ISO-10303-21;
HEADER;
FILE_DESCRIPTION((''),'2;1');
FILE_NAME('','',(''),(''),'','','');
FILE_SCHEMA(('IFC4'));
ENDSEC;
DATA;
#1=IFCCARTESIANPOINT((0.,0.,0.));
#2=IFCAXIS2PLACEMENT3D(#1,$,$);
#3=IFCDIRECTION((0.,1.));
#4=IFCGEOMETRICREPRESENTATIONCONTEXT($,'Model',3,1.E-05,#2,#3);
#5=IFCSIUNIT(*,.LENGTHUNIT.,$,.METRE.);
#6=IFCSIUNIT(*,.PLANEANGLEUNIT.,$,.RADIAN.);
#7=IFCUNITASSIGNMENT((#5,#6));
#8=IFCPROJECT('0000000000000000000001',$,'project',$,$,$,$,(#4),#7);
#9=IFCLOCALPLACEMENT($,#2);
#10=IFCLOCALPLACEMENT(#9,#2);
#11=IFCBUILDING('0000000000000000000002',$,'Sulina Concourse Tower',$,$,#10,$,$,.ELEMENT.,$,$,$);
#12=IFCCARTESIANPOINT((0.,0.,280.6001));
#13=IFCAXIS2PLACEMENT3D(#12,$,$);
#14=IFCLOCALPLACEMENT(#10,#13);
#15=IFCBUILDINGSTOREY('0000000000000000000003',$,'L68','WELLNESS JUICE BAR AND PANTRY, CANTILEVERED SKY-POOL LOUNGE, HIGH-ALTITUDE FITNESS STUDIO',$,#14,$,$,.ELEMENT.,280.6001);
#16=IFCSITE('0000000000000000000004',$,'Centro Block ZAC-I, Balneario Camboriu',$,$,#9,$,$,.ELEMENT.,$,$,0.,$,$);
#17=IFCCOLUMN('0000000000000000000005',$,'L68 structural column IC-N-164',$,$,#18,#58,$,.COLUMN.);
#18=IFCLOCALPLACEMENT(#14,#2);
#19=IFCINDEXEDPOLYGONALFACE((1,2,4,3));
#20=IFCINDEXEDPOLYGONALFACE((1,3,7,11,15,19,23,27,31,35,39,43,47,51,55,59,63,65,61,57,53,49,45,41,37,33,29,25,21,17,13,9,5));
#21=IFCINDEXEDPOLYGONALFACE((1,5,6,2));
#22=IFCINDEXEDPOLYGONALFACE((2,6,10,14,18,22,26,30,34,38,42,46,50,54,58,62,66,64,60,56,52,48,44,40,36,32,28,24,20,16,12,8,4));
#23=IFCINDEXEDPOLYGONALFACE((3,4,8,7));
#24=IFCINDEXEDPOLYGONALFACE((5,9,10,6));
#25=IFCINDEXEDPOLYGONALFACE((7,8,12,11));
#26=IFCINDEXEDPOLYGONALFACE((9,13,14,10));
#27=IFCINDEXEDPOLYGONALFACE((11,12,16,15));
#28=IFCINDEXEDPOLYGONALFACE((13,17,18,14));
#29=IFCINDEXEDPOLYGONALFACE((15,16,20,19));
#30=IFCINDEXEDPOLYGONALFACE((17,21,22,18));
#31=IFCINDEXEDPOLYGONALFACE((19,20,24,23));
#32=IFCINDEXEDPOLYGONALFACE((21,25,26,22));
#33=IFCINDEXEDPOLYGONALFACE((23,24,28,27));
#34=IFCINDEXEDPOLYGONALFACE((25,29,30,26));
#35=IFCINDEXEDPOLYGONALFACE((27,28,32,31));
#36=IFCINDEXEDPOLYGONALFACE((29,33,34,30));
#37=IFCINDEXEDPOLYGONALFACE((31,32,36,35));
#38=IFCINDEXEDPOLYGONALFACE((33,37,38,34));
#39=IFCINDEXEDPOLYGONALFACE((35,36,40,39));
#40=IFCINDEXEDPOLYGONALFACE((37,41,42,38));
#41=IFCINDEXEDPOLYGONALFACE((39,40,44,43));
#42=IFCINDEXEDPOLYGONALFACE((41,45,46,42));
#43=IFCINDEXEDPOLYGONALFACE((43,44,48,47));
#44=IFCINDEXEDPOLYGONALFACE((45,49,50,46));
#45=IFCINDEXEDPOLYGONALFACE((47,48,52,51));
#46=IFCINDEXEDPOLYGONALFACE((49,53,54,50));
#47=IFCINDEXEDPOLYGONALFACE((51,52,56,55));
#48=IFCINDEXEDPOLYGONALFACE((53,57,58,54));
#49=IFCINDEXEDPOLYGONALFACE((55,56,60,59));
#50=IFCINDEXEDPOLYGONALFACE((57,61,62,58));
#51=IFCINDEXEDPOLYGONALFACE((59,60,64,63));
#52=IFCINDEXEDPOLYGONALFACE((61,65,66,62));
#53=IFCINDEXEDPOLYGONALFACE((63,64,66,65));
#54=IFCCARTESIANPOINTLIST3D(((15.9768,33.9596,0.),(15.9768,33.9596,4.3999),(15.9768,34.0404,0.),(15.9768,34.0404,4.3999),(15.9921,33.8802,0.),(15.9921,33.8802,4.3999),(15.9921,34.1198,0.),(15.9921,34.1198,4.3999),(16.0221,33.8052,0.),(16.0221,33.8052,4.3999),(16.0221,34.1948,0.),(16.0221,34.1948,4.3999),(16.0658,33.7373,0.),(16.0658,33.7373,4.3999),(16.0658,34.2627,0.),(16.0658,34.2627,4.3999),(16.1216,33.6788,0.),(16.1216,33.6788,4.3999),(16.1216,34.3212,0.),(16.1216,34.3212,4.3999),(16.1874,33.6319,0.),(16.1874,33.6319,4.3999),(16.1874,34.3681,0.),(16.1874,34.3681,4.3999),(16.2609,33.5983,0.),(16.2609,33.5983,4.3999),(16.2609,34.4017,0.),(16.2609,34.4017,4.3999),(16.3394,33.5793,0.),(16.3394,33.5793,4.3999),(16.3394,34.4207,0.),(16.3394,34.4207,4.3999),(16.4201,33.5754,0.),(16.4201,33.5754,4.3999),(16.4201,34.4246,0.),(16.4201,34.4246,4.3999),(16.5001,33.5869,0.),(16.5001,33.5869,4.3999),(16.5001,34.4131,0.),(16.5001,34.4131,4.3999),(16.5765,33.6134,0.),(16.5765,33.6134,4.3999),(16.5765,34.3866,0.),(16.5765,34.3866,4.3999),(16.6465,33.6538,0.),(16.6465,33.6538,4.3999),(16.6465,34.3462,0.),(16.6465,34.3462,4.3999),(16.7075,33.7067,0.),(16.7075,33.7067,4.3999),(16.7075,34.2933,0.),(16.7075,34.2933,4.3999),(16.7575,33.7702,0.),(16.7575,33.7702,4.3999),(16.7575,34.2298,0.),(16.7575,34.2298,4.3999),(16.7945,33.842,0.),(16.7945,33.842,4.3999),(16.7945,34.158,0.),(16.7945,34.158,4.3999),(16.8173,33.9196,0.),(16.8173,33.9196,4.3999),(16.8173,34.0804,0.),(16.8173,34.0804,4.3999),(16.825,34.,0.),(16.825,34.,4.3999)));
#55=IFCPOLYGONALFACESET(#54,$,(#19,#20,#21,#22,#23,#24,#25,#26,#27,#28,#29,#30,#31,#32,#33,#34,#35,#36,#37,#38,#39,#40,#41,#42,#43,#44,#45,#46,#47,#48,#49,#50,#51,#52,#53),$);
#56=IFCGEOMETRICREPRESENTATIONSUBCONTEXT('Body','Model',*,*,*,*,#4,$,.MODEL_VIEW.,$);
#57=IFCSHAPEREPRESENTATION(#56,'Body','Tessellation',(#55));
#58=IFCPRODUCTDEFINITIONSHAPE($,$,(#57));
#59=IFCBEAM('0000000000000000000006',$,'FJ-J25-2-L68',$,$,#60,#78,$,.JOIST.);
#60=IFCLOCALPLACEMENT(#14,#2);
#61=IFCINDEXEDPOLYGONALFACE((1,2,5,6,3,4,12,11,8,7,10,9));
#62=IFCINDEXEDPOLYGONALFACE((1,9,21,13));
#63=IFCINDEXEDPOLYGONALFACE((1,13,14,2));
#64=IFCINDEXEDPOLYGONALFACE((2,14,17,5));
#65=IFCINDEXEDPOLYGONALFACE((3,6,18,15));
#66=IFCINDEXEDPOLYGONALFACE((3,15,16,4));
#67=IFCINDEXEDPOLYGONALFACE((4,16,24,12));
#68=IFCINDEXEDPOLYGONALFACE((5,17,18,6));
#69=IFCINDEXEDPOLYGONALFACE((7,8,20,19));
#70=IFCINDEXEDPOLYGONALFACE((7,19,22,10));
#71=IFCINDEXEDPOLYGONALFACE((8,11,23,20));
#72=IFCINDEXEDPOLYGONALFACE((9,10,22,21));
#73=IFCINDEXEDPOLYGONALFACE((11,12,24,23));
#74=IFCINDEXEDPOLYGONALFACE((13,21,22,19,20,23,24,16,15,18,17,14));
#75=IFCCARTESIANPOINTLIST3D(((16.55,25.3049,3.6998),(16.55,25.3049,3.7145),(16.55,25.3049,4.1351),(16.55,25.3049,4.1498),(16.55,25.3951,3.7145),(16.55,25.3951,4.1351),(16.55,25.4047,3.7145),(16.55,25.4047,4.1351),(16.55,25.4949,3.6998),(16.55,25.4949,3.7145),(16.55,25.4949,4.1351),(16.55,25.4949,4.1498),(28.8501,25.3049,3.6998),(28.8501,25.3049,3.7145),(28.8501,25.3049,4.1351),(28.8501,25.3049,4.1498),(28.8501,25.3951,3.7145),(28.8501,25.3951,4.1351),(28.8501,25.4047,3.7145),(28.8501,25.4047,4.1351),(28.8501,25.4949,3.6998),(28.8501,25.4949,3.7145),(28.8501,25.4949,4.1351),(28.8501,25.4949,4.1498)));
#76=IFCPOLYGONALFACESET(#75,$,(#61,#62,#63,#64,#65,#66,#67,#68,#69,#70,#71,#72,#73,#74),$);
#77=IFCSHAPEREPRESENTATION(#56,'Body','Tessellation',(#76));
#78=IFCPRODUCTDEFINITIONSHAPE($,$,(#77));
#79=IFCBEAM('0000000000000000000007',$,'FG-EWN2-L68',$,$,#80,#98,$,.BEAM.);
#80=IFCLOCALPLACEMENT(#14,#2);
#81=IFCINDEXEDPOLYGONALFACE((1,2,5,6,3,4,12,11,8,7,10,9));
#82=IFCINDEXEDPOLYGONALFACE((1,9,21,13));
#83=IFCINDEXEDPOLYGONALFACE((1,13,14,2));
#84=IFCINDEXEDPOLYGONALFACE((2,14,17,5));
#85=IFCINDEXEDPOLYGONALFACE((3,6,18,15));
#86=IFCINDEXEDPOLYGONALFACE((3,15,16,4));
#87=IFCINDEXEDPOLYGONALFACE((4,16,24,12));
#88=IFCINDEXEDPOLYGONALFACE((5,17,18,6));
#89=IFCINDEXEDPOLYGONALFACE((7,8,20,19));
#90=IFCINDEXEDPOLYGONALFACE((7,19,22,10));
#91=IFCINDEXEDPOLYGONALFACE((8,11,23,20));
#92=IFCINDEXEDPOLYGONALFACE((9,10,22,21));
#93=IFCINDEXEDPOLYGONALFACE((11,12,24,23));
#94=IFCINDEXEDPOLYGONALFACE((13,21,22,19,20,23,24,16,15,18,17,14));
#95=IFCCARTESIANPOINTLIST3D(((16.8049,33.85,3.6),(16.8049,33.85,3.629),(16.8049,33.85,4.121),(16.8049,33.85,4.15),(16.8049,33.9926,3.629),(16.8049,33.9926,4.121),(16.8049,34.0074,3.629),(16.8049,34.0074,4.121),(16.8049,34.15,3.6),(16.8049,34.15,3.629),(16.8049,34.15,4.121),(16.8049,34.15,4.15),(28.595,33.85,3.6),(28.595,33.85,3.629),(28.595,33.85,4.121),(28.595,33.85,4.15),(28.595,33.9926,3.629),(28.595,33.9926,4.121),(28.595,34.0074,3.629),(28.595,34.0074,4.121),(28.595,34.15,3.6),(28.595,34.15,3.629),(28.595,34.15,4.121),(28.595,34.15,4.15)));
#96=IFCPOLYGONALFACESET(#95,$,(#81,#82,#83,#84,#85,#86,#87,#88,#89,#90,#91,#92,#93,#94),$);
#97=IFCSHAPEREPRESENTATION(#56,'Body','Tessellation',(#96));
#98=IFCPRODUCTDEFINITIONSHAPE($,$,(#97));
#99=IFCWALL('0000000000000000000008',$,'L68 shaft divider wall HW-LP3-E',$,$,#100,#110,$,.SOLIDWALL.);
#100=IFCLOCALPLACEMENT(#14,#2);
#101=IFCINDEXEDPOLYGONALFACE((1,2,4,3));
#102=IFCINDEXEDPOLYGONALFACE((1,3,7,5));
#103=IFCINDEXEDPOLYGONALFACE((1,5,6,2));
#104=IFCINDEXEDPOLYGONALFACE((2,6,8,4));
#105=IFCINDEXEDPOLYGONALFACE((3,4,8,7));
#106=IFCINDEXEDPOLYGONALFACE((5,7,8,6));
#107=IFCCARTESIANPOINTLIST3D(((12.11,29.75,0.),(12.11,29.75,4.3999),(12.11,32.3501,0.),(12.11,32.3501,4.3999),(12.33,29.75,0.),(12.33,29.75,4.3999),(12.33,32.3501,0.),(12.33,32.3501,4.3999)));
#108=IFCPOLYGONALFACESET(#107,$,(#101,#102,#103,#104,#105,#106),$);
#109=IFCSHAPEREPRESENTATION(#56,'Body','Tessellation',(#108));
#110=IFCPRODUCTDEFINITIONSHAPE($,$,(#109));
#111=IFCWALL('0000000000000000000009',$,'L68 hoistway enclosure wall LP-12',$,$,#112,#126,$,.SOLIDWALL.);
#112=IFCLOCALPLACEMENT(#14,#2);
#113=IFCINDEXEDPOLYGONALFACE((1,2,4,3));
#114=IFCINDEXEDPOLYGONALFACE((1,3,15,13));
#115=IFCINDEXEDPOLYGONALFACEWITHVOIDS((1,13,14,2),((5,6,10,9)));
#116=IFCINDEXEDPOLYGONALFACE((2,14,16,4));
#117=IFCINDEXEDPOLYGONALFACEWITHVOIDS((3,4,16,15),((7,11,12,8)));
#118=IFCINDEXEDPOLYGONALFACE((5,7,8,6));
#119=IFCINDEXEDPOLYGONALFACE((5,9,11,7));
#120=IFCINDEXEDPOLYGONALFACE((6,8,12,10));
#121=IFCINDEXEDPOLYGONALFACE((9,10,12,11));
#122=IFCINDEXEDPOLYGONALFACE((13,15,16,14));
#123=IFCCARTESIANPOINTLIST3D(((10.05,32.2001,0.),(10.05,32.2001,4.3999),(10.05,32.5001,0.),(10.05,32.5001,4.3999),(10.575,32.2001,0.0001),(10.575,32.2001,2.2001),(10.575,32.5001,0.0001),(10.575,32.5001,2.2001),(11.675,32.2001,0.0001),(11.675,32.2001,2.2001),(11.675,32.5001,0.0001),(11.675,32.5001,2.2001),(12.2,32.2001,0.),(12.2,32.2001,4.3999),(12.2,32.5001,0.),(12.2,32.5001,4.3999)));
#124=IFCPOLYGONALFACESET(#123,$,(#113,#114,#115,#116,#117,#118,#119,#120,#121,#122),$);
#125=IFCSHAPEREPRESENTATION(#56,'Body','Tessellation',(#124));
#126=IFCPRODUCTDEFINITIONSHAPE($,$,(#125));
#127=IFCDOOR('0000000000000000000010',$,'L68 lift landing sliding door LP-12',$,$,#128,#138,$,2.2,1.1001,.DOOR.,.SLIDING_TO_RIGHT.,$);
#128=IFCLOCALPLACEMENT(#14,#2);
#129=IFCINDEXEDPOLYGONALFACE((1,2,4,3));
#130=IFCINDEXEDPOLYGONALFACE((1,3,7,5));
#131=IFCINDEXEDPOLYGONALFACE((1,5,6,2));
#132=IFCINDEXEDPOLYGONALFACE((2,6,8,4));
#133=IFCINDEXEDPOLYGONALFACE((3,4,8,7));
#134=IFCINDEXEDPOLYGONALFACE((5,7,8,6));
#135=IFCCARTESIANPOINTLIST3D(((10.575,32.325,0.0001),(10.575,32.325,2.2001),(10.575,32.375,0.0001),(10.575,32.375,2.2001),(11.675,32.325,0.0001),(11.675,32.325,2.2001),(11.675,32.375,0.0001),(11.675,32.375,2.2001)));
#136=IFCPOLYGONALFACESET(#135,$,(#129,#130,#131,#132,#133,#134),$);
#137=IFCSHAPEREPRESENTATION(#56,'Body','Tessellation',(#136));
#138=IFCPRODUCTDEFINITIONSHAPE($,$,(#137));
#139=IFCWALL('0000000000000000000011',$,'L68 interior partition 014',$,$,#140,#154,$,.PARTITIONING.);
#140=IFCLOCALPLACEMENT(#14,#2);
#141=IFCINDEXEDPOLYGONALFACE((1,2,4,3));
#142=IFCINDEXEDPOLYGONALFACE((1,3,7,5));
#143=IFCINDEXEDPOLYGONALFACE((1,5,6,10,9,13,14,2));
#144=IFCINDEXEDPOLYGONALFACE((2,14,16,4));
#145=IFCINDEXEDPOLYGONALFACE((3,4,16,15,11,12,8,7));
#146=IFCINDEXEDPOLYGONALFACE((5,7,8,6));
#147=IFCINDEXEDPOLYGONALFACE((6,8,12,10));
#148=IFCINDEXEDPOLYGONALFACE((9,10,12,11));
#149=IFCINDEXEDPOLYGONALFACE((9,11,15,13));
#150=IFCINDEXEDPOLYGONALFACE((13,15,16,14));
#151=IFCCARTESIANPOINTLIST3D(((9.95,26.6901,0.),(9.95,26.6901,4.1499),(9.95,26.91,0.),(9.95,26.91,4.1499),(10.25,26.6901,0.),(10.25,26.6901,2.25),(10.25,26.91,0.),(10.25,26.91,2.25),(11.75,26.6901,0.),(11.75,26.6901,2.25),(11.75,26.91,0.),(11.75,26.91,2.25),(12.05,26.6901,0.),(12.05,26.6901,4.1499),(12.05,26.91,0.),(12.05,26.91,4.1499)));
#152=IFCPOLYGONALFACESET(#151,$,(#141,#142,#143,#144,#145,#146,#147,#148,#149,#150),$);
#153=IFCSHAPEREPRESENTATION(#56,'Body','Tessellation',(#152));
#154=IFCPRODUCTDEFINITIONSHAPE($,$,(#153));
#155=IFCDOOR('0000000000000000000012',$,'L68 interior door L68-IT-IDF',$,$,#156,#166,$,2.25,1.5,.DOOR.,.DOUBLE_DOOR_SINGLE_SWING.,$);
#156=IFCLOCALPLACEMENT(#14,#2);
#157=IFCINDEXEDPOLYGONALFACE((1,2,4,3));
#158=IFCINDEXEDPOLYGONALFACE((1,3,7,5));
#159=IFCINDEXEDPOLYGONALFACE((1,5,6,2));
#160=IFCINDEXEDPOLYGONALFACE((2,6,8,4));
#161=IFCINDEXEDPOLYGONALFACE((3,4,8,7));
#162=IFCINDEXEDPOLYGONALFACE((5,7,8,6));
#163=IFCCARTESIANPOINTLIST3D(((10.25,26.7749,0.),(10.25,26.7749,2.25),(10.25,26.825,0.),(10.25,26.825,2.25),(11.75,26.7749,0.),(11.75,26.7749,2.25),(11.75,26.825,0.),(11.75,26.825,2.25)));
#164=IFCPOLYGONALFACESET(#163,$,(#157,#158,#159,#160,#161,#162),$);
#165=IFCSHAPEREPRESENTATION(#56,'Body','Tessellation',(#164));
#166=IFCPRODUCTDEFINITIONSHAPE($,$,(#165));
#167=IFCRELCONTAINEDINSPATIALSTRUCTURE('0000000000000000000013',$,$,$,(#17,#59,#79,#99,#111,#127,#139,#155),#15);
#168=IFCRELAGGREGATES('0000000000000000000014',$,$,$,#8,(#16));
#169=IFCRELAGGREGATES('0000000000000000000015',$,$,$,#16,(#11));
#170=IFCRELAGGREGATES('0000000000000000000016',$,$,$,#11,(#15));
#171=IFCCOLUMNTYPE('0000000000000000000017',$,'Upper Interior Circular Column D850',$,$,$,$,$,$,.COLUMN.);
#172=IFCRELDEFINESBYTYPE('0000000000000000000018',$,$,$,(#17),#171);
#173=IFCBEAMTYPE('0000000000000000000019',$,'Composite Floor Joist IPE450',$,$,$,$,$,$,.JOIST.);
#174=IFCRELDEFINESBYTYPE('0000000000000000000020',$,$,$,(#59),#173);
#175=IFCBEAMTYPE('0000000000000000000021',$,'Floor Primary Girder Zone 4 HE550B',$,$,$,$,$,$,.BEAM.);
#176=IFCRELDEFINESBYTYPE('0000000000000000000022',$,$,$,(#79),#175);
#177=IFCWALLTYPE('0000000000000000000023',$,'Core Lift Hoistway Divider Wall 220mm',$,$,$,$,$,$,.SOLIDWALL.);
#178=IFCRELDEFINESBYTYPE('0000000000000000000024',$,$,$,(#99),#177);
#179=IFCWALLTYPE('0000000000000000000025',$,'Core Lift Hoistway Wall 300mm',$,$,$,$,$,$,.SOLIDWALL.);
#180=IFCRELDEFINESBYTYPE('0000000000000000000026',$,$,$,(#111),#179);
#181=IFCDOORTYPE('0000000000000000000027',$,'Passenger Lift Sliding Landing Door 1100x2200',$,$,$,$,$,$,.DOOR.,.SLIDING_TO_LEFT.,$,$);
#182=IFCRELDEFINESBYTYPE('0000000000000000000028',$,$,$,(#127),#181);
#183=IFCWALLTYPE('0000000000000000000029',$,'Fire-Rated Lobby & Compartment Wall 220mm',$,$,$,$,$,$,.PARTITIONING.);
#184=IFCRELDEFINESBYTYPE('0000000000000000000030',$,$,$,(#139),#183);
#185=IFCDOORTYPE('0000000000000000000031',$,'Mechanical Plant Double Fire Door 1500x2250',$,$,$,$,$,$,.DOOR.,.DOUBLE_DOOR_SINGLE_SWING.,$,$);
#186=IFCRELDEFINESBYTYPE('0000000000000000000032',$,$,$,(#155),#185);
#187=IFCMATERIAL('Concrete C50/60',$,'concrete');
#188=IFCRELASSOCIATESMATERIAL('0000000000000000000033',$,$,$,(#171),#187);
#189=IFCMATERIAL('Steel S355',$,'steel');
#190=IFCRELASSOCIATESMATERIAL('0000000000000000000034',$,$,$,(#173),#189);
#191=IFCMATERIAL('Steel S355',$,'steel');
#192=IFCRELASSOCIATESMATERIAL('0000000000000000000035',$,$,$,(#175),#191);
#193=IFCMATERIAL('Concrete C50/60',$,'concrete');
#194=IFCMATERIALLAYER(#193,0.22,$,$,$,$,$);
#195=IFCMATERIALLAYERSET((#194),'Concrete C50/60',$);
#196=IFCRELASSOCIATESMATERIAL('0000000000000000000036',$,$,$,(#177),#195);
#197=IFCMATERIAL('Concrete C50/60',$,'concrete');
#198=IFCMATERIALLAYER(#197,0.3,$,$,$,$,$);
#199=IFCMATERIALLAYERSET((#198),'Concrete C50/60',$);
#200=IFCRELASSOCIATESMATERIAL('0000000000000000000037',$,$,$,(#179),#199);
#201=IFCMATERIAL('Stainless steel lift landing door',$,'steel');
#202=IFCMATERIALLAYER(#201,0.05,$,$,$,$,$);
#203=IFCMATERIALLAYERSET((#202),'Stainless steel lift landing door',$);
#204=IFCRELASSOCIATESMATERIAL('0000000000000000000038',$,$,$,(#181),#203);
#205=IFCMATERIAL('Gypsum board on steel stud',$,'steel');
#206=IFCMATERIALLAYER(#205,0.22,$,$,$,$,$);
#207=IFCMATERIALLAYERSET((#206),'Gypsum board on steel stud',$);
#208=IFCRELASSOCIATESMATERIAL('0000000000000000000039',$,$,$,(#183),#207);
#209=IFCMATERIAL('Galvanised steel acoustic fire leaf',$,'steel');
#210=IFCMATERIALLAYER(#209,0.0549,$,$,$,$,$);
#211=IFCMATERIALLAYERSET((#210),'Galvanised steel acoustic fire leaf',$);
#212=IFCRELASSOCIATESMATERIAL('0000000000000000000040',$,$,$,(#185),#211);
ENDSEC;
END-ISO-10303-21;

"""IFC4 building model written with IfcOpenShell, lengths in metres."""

from ifc_helpers import new_model, si_unit, direction, frame, frame_2d, origin, origin_2d, place, context, subcontext, project, spatial, rectangle, circle, i_section, extrude, material, layer, layer_set, material_profile, profile_set, type_object, element, fill, save


model = new_model("IFC4")

# Units and contexts
model_context = context("Model", 3, precision=1e-05, world=origin(), true_north=direction((0.0, 1.0)))
body_context = subcontext(model_context, "Body", "Model", "MODEL_VIEW")
ifc_project = project(units=[si_unit("LENGTHUNIT", "METRE"), si_unit("PLANEANGLEUNIT", "RADIAN")], contexts=[model_context])

# Site, building, storey
site_placement = place(None, origin())
site = spatial("IfcSite", under=ifc_project, at=site_placement, Name="Centro Block ZAC-I, Balneario Camboriu", CompositionType="ELEMENT", RefElevation=0.0)
building_placement = place(site_placement, origin())
building = spatial("IfcBuilding", under=site, at=building_placement, Name="Sulina Concourse Tower", CompositionType="ELEMENT")
storey_placement = place(building_placement, frame((0.0, 0.0, 280.6001)))
storey = spatial("IfcBuildingStorey", under=building, at=storey_placement, Name="L68", Description="WELLNESS JUICE BAR AND PANTRY, CANTILEVERED SKY-POOL LOUNGE, HIGH-ALTITUDE FITNESS STUDIO", CompositionType="ELEMENT", Elevation=280.6001)

# Column
ifc_material_1 = material(Name="Concrete C50/60", Category="concrete")
ifc_material_profile_1 = material_profile(ifc_material_1, circle(Radius=0.425, at=origin_2d()), Name="RC D850")
ifc_profile_set_1 = profile_set([ifc_material_profile_1], Name="Concrete C50/60")
column_type = type_object("IfcColumnType", Name="Upper Interior Circular Column D850", PredefinedType="COLUMN", material=ifc_profile_set_1)
column_placement = place(storey_placement, frame((16.3999, 34.0, 0.0), z_axis=(0.0, 0.0, 1.0), x_axis=(1.0, 0.0, 0.0)))
element("IfcColumn", 1, at=column_placement, inside=storey, type_object=column_type, Name="L68 structural column IC-N-164", PredefinedType="COLUMN", context=body_context, shape_type="SweptSolid", body=[
    extrude(circle(Radius=0.425, at=origin_2d()), origin(), (0.0, 0.0, 1.0), 4.3999),
])

# Beams
ifc_material_2 = material(Name="Steel S355", Category="steel")
ifc_material_profile_2 = material_profile(ifc_material_2, i_section(OverallWidth=0.1899, OverallDepth=0.45, WebThickness=0.0095, FlangeThickness=0.0146, at=origin_2d()), Name="IPE 450")
ifc_profile_set_2 = profile_set([ifc_material_profile_2], Name="Steel S355")
beam_type_1 = type_object("IfcBeamType", Name="Composite Floor Joist IPE450", PredefinedType="JOIST", material=ifc_profile_set_2)
beam_1_placement = place(storey_placement, frame((16.55, 25.3999, 3.9248), z_axis=(1.0, 0.0, 0.0), x_axis=(0.0, 1.0, 0.0)))
element("IfcBeam", 2, at=beam_1_placement, inside=storey, type_object=beam_type_1, Name="FJ-J25-2-L68", PredefinedType="JOIST", context=body_context, shape_type="SweptSolid", body=[
    extrude(i_section(OverallWidth=0.1899, OverallDepth=0.45, WebThickness=0.0095, FlangeThickness=0.0146, at=origin_2d()), origin(), (0.0, 0.0, 1.0), 12.3),
])
ifc_material_3 = material(Name="Steel S355", Category="steel")
ifc_material_profile_3 = material_profile(ifc_material_3, i_section(OverallWidth=0.3, OverallDepth=0.55, WebThickness=0.0149, FlangeThickness=0.0291, at=origin_2d()), Name="HE 550 B")
ifc_profile_set_3 = profile_set([ifc_material_profile_3], Name="Steel S355")
beam_type_2 = type_object("IfcBeamType", Name="Floor Primary Girder Zone 4 HE550B", PredefinedType="BEAM", material=ifc_profile_set_3)
beam_2_placement = place(storey_placement, frame((16.8049, 34.0, 3.875), z_axis=(1.0, 0.0, 0.0), x_axis=(0.0, 1.0, 0.0)))
element("IfcBeam", 3, at=beam_2_placement, inside=storey, type_object=beam_type_2, Name="FG-EWN2-L68", PredefinedType="BEAM", context=body_context, shape_type="SweptSolid", body=[
    extrude(i_section(OverallWidth=0.3, OverallDepth=0.55, WebThickness=0.0149, FlangeThickness=0.0291, at=origin_2d()), origin(), (0.0, 0.0, 1.0), 11.79),
])

# Wall
ifc_material_4 = material(Name="Concrete C50/60", Category="concrete")
ifc_layer_1 = layer(ifc_material_4, 0.22)
ifc_layer_set_1 = layer_set([ifc_layer_1], Name="Concrete C50/60")
wall_type_1 = type_object("IfcWallType", Name="Core Lift Hoistway Divider Wall 220mm", PredefinedType="SOLIDWALL", material=ifc_layer_set_1)
wall_1_placement = place(storey_placement, frame((12.22, 29.75, 0.0), z_axis=(0.0, 0.0, 1.0), x_axis=(0.0, 1.0, 0.0)))
element("IfcWall", 4, at=wall_1_placement, inside=storey, type_object=wall_type_1, Name="L68 shaft divider wall HW-LP3-E", PredefinedType="SOLIDWALL", context=body_context, shape_type="SweptSolid", body=[
    extrude(rectangle(XDim=2.6001, YDim=0.22, at=frame_2d((1.3, 0.0))), origin(), (0.0, 0.0, 1.0), 4.3999),
])

# Walls, openings, doors
ifc_material_5 = material(Name="Concrete C50/60", Category="concrete")
ifc_layer_2 = layer(ifc_material_5, 0.3)
ifc_layer_set_2 = layer_set([ifc_layer_2], Name="Concrete C50/60")
wall_type_2 = type_object("IfcWallType", Name="Core Lift Hoistway Wall 300mm", PredefinedType="SOLIDWALL", material=ifc_layer_set_2)
wall_2_placement = place(storey_placement, frame((10.05, 32.3501, 0.0), z_axis=(0.0, 0.0, 1.0), x_axis=(1.0, 0.0, 0.0)))
wall_2 = element("IfcWall", 5, at=wall_2_placement, inside=storey, type_object=wall_type_2, Name="L68 hoistway enclosure wall LP-12", PredefinedType="SOLIDWALL", context=body_context, shape_type="SweptSolid", body=[
    extrude(rectangle(XDim=2.1499, YDim=0.3, at=frame_2d((1.075, 0.0))), origin(), (0.0, 0.0, 1.0), 4.3999),
])
opening_1_placement = place(wall_2_placement, frame((0.5249, 0.0, 0.0)))
opening_1 = element("IfcOpeningElement", 6, at=opening_1_placement, cuts=wall_2, PredefinedType="OPENING", context=body_context, shape_type="SweptSolid", body=[
    extrude(rectangle(XDim=1.1001, YDim=2.2, at=frame_2d((0.55, 1.1001))), frame((0.0, 0.1599, 0.0), z_axis=(0.0, -1.0, 0.0), x_axis=(1.0, 0.0, 0.0)), (0.0, 0.0, 1.0), 0.3201),
])
ifc_material_6 = material(Name="Stainless steel lift landing door", Category="steel")
ifc_layer_3 = layer(ifc_material_6, 0.05)
ifc_layer_set_3 = layer_set([ifc_layer_3], Name="Stainless steel lift landing door")
door_type_1 = type_object("IfcDoorType", Name="Passenger Lift Sliding Landing Door 1100x2200", OperationType="SLIDING_TO_LEFT", PredefinedType="DOOR", material=ifc_layer_set_3)
door_1_placement = place(opening_1_placement, origin())
door_1 = element("IfcDoor", 7, at=door_1_placement, inside=storey, type_object=door_type_1, Name="L68 lift landing sliding door LP-12", OperationType="SLIDING_TO_RIGHT", OverallHeight=2.2, OverallWidth=1.1001, PredefinedType="DOOR", context=body_context, shape_type="SweptSolid", body=[
    extrude(rectangle(XDim=1.1001, YDim=2.2, at=frame_2d((0.55, 1.1001))), frame((0.0, 0.0249, 0.0), z_axis=(0.0, -1.0, 0.0), x_axis=(1.0, 0.0, 0.0)), (0.0, 0.0, 1.0), 0.05),
])
fill(opening_1, door_1)
ifc_material_7 = material(Name="Gypsum board on steel stud", Category="steel")
ifc_layer_4 = layer(ifc_material_7, 0.22)
ifc_layer_set_4 = layer_set([ifc_layer_4], Name="Gypsum board on steel stud")
wall_type_3 = type_object("IfcWallType", Name="Fire-Rated Lobby & Compartment Wall 220mm", PredefinedType="PARTITIONING", material=ifc_layer_set_4)
wall_3_placement = place(storey_placement, frame((9.95, 26.8, 0.0), z_axis=(0.0, 0.0, 1.0), x_axis=(1.0, 0.0, 0.0)))
wall_3 = element("IfcWall", 8, at=wall_3_placement, inside=storey, type_object=wall_type_3, Name="L68 interior partition 014", PredefinedType="PARTITIONING", context=body_context, shape_type="SweptSolid", body=[
    extrude(rectangle(XDim=2.1001, YDim=0.22, at=frame_2d((1.05, 0.0))), origin(), (0.0, 0.0, 1.0), 4.1499),
])
opening_2_placement = place(wall_3_placement, frame((0.3, 0.0, 0.0)))
opening_2 = element("IfcOpeningElement", 9, at=opening_2_placement, cuts=wall_3, PredefinedType="OPENING", context=body_context, shape_type="SweptSolid", body=[
    extrude(rectangle(XDim=1.5, YDim=2.25, at=frame_2d((0.75, 1.125))), frame((0.0, 0.1199, 0.0), z_axis=(0.0, -1.0, 0.0), x_axis=(1.0, 0.0, 0.0)), (0.0, 0.0, 1.0), 0.24),
])
ifc_material_8 = material(Name="Galvanised steel acoustic fire leaf", Category="steel")
ifc_layer_5 = layer(ifc_material_8, 0.0549)
ifc_layer_set_5 = layer_set([ifc_layer_5], Name="Galvanised steel acoustic fire leaf")
door_type_2 = type_object("IfcDoorType", Name="Mechanical Plant Double Fire Door 1500x2250", OperationType="DOUBLE_DOOR_SINGLE_SWING", PredefinedType="DOOR", material=ifc_layer_set_5)
door_2_placement = place(opening_2_placement, origin())
door_2 = element("IfcDoor", 10, at=door_2_placement, inside=storey, type_object=door_type_2, Name="L68 interior door L68-IT-IDF", OperationType="DOUBLE_DOOR_SINGLE_SWING", OverallHeight=2.25, OverallWidth=1.5, PredefinedType="DOOR", context=body_context, shape_type="SweptSolid", body=[
    extrude(rectangle(XDim=1.5, YDim=2.25, at=frame_2d((0.75, 1.125))), frame((0.0, 0.0249, 0.0), z_axis=(0.0, -1.0, 0.0), x_axis=(1.0, 0.0, 0.0)), (0.0, 0.0, 1.0), 0.05),
])
fill(opening_2, door_2)

save(model, "model.ifc")
